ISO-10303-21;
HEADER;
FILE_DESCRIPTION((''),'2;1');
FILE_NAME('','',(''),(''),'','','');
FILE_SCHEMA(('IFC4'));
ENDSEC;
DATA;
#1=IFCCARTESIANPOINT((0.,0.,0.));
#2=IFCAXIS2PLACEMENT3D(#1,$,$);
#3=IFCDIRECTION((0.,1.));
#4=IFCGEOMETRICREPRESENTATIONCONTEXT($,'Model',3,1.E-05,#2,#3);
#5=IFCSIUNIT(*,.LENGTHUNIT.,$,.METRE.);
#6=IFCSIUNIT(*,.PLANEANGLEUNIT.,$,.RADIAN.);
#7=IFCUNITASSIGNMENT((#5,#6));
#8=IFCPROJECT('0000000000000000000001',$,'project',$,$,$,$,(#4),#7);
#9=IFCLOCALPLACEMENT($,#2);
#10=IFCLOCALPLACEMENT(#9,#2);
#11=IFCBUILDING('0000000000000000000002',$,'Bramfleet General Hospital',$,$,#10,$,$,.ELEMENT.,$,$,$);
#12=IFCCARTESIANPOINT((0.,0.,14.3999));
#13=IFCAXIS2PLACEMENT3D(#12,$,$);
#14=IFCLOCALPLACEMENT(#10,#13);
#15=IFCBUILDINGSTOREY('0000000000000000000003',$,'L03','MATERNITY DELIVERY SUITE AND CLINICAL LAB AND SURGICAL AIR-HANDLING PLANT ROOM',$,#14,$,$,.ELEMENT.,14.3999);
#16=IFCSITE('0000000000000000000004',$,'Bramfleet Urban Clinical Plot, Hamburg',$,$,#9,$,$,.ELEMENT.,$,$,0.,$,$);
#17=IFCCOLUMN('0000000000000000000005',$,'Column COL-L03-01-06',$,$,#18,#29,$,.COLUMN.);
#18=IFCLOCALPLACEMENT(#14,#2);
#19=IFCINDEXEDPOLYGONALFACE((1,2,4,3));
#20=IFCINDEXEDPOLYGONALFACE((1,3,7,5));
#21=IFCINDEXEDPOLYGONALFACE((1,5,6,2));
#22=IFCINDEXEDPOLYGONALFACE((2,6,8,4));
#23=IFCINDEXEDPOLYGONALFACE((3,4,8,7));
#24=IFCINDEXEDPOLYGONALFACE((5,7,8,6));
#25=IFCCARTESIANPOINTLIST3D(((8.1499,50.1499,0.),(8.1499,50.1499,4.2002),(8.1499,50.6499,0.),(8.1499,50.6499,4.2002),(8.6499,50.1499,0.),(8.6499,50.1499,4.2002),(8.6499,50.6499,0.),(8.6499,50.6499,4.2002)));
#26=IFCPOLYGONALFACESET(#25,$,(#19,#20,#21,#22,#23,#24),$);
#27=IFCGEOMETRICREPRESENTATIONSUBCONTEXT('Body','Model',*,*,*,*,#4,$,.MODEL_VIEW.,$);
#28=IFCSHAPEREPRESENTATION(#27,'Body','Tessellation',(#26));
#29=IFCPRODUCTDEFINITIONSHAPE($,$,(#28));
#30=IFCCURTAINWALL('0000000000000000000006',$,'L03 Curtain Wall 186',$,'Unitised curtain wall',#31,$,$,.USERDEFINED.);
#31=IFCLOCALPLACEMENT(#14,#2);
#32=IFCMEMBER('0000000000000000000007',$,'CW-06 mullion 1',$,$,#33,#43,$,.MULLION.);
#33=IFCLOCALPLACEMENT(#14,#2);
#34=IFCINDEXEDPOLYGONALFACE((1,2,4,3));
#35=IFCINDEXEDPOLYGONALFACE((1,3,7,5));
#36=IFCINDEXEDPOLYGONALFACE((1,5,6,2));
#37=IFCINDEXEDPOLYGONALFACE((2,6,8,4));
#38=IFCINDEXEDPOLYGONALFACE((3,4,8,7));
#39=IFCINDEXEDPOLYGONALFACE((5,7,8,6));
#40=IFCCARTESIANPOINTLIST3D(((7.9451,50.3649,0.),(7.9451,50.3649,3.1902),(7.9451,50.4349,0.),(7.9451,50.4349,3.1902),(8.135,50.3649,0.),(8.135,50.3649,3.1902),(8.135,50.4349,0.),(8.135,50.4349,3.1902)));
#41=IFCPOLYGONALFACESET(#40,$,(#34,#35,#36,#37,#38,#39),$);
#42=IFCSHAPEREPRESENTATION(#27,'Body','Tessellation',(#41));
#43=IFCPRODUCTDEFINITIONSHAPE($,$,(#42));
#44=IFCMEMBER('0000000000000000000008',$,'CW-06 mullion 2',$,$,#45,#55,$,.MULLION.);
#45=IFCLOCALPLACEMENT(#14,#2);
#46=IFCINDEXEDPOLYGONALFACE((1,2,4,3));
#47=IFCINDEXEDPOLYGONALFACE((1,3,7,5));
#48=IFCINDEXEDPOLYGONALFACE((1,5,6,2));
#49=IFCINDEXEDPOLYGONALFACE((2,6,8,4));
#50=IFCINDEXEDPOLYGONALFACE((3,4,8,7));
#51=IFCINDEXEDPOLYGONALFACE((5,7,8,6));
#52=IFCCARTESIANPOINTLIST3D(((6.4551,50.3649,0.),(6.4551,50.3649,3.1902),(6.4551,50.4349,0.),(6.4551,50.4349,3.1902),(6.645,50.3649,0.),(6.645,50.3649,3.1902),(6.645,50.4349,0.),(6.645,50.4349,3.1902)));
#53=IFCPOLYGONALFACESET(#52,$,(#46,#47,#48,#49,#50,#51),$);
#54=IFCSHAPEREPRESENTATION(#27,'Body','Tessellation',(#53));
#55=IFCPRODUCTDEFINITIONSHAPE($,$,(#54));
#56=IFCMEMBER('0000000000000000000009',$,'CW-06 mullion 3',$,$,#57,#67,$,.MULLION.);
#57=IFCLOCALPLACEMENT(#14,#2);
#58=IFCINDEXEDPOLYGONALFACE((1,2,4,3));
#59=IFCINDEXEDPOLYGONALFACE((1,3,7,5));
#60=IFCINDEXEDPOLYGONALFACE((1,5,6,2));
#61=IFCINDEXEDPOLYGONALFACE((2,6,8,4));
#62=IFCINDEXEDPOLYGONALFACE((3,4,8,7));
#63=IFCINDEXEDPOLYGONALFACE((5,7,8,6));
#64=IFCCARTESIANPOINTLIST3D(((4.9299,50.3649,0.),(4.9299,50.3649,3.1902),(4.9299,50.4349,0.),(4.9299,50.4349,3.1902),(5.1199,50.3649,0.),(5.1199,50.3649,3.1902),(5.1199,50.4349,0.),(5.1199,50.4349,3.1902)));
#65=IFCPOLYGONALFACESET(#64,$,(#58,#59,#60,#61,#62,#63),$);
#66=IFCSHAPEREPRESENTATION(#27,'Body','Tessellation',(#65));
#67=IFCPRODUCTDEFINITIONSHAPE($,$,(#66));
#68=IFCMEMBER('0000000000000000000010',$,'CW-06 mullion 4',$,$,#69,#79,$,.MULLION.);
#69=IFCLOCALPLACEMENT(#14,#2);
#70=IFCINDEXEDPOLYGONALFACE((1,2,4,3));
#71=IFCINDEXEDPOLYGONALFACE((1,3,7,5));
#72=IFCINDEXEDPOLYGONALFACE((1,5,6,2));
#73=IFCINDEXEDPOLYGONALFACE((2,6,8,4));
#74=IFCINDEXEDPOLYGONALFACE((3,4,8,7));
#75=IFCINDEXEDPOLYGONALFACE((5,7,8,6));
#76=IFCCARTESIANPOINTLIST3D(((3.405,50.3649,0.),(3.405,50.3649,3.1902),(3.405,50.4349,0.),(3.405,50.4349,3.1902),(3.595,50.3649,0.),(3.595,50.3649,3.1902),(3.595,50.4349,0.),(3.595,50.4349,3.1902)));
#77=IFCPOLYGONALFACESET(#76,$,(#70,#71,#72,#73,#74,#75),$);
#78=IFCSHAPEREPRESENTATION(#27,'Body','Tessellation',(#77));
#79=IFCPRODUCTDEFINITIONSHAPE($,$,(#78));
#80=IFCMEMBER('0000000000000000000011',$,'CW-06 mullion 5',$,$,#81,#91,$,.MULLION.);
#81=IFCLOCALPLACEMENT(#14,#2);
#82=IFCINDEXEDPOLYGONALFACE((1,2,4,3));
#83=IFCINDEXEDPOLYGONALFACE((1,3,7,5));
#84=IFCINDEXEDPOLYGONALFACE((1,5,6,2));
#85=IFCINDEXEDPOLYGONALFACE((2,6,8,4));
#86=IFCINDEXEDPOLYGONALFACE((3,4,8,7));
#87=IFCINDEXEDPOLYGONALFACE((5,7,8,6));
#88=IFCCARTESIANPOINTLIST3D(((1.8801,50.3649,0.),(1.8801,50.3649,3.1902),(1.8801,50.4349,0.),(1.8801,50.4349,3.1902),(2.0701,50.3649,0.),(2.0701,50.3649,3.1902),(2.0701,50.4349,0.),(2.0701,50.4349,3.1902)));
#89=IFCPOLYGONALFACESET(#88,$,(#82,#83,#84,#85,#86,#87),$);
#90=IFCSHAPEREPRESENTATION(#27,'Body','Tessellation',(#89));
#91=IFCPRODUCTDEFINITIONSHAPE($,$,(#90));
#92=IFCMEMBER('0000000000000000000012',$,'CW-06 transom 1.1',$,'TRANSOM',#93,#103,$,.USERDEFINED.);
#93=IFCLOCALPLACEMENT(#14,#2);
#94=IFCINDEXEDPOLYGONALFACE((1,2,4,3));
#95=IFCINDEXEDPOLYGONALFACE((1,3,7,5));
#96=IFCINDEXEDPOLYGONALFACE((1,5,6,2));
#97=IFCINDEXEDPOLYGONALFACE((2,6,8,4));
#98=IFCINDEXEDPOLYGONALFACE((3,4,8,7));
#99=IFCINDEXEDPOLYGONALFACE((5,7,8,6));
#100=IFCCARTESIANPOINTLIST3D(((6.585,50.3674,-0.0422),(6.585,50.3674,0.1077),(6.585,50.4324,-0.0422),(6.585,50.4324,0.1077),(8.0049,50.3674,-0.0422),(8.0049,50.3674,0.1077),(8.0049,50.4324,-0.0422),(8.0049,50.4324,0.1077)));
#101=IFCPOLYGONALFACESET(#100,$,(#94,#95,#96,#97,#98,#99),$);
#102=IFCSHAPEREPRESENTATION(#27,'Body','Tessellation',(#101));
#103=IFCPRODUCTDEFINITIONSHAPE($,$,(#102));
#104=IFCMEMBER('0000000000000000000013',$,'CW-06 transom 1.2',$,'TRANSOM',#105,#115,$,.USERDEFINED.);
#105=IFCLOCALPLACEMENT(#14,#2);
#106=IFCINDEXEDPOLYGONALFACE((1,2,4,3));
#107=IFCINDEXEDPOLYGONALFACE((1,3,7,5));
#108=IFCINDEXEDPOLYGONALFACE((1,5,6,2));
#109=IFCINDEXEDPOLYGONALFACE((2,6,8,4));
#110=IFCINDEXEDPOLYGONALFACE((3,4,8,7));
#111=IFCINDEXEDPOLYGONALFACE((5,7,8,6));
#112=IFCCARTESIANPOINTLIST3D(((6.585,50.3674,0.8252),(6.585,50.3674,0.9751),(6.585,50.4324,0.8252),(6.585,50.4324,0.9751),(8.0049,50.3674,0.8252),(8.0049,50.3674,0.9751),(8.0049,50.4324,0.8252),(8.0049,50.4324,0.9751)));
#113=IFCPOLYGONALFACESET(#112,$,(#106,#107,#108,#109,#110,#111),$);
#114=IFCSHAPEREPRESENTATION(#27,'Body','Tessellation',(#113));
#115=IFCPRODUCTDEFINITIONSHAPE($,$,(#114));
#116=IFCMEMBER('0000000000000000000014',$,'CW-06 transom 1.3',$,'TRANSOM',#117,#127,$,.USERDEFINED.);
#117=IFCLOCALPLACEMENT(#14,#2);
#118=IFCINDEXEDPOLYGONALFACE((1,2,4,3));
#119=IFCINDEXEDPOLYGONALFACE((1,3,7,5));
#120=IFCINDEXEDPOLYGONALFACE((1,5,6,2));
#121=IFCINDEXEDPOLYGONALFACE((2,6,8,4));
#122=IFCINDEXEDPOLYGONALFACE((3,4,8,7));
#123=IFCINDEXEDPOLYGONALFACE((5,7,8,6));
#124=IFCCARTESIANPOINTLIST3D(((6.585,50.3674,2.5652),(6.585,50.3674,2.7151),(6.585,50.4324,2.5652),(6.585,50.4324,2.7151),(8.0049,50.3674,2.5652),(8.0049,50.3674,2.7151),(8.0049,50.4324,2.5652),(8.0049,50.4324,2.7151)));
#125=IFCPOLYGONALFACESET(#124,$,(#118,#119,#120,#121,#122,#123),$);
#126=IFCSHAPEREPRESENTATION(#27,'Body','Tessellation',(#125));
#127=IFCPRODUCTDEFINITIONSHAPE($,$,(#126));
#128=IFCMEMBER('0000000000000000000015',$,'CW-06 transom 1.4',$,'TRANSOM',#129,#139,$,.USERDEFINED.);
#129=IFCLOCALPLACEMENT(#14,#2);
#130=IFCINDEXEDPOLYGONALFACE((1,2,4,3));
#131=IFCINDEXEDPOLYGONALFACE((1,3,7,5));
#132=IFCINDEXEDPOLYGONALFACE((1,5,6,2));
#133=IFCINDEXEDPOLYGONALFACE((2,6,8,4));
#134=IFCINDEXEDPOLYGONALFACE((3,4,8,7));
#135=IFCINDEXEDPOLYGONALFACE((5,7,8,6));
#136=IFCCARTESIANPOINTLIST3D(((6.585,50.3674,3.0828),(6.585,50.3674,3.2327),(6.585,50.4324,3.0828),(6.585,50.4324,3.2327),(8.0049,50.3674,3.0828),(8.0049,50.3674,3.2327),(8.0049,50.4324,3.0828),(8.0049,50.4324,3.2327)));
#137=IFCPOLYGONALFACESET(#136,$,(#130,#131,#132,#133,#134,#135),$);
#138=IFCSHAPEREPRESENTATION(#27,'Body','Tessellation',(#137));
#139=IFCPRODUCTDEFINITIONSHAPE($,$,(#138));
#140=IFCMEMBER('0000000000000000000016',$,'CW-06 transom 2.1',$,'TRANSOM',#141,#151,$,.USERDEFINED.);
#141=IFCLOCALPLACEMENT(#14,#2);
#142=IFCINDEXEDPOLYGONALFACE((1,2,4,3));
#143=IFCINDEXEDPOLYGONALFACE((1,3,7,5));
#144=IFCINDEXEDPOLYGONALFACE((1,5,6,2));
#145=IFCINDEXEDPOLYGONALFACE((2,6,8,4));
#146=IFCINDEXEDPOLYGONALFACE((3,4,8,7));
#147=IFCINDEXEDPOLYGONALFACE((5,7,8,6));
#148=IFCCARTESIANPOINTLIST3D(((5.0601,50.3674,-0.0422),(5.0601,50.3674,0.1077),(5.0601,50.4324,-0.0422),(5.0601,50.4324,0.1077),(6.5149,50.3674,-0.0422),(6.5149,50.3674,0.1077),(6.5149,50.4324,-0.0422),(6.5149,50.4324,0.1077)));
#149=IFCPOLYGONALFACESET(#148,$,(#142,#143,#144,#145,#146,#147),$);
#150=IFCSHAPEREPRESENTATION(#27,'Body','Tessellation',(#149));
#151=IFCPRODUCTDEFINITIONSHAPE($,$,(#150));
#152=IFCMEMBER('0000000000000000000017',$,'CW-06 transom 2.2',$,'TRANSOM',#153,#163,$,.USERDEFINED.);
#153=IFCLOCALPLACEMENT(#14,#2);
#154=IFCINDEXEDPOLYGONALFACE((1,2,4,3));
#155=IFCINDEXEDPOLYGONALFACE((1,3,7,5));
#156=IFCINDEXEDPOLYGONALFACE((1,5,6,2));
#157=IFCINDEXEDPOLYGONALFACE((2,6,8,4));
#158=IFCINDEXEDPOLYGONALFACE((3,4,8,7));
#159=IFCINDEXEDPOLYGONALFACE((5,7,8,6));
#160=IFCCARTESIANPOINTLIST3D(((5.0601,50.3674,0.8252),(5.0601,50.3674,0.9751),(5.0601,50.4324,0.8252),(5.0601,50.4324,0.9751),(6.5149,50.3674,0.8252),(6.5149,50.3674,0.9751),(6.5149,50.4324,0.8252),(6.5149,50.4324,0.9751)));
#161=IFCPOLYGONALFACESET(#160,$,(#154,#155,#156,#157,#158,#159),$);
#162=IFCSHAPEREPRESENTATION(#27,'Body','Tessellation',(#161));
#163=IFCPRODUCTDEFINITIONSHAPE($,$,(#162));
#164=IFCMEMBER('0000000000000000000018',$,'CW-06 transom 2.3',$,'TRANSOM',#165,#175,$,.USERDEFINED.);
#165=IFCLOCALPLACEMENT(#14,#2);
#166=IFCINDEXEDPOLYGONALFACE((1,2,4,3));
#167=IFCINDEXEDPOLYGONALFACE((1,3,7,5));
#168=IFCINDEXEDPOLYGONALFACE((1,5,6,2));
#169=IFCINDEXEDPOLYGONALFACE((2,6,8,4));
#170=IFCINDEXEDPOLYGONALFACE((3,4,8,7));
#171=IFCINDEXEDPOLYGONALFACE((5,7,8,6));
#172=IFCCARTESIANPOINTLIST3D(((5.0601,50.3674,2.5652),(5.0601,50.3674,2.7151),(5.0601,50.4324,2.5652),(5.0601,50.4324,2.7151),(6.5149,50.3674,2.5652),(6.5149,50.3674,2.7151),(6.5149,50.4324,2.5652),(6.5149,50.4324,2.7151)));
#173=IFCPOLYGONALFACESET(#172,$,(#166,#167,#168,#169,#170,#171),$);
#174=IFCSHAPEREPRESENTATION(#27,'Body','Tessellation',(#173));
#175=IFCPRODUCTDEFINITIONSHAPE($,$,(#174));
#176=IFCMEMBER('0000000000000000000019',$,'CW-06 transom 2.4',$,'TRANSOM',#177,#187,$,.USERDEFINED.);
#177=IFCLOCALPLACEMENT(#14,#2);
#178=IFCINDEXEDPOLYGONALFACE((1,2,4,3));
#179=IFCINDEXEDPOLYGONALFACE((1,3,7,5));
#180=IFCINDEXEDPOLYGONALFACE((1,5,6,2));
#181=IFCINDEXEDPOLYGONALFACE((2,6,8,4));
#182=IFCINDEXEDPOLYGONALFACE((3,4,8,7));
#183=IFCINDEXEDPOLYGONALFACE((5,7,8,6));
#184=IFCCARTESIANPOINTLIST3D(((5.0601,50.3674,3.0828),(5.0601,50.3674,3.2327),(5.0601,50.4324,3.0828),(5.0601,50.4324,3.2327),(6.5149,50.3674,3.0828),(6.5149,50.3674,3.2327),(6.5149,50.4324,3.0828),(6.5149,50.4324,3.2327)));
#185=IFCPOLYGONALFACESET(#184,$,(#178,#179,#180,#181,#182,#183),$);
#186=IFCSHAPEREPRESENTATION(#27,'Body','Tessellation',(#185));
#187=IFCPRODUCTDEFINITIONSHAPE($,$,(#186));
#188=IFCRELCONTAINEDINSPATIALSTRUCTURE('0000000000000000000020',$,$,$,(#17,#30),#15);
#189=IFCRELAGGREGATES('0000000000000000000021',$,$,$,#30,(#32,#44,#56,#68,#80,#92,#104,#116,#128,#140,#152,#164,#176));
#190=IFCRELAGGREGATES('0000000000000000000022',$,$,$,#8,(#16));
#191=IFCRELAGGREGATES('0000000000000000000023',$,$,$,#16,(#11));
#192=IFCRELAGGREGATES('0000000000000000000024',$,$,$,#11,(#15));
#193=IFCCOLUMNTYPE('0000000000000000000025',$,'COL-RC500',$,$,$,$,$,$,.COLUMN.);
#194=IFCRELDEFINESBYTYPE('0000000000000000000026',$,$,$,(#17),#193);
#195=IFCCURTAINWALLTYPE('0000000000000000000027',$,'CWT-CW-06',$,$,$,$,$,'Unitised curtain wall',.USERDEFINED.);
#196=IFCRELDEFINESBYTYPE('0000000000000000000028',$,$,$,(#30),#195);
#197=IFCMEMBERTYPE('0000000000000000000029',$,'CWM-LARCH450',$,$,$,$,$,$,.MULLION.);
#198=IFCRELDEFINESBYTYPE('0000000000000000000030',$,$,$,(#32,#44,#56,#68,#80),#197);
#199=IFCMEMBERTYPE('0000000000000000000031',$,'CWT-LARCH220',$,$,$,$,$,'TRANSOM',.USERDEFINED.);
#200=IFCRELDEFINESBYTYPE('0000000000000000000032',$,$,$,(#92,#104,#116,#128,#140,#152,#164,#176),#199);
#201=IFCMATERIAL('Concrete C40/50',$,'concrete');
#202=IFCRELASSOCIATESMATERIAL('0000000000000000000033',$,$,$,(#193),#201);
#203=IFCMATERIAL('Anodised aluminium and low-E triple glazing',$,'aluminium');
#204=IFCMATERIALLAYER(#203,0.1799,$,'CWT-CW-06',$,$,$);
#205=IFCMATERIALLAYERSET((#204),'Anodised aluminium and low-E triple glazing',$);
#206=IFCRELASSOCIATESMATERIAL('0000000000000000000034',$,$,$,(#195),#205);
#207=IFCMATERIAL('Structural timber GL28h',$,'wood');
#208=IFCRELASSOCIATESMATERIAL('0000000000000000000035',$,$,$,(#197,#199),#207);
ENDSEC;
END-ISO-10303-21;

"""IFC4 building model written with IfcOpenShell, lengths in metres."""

from ifc_helpers import new_model, si_unit, direction, frame, origin, origin_2d, place, context, subcontext, project, spatial, rectangle, extrude, material, layer, layer_set, material_profile, profile_set, type_object, element, aggregate, save


model = new_model("IFC4")

# Units and contexts
model_context = context("Model", 3, precision=1e-05, world=origin(), true_north=direction((0.0, 1.0)))
body_context = subcontext(model_context, "Body", "Model", "MODEL_VIEW")
ifc_project = project(units=[si_unit("LENGTHUNIT", "METRE"), si_unit("PLANEANGLEUNIT", "RADIAN")], contexts=[model_context])

# Site, building, storey
site_placement = place(None, origin())
site = spatial("IfcSite", under=ifc_project, at=site_placement, Name="Bramfleet Urban Clinical Plot, Hamburg", CompositionType="ELEMENT", RefElevation=0.0)
building_placement = place(site_placement, origin())
building = spatial("IfcBuilding", under=site, at=building_placement, Name="Bramfleet General Hospital", CompositionType="ELEMENT")
storey_placement = place(building_placement, frame((0.0, 0.0, 14.3999)))
storey = spatial("IfcBuildingStorey", under=building, at=storey_placement, Name="L03", Description="MATERNITY DELIVERY SUITE AND CLINICAL LAB AND SURGICAL AIR-HANDLING PLANT ROOM", CompositionType="ELEMENT", Elevation=14.3999)

# Column
ifc_material_1 = material(Name="Concrete C40/50", Category="concrete")
ifc_material_profile_1 = material_profile(ifc_material_1, rectangle(XDim=0.5, YDim=0.5, at=origin_2d()), Name="RC COL 500x500")
ifc_profile_set_1 = profile_set([ifc_material_profile_1], Name="Concrete C40/50")
column_type = type_object("IfcColumnType", Name="COL-RC500", PredefinedType="COLUMN", material=ifc_profile_set_1)
column_placement = place(storey_placement, frame((8.3999, 50.3999, 0.0), z_axis=(0.0, 0.0, 1.0), x_axis=(1.0, 0.0, 0.0)))
element("IfcColumn", 1, at=column_placement, inside=storey, type_object=column_type, Name="Column COL-L03-01-06", PredefinedType="COLUMN", context=body_context, shape_type="SweptSolid", body=[
    extrude(rectangle(XDim=0.5, YDim=0.5, at=origin_2d()), origin(), (0.0, 0.0, 1.0), 4.2002),
])

# Curtain wall, members
ifc_material_2 = material(Name="Anodised aluminium and low-E triple glazing", Category="aluminium")
ifc_layer_1 = layer(ifc_material_2, 0.1799, Name="CWT-CW-06")
ifc_layer_set_1 = layer_set([ifc_layer_1], Name="Anodised aluminium and low-E triple glazing")
curtain_wall_type = type_object("IfcCurtainWallType", Name="CWT-CW-06", ElementType="Unitised curtain wall", PredefinedType="USERDEFINED", material=ifc_layer_set_1)
curtain_wall_placement = place(storey_placement, origin())
curtain_wall = element("IfcCurtainWall", 2, at=curtain_wall_placement, inside=storey, type_object=curtain_wall_type, Name="L03 Curtain Wall 186", ObjectType="Unitised curtain wall", PredefinedType="USERDEFINED")
ifc_material_3 = material(Name="Structural timber GL28h", Category="wood")
ifc_material_profile_2 = material_profile(ifc_material_3, rectangle(XDim=0.0701, YDim=0.1899, at=origin_2d()), Name="LARCH 190x70")
ifc_profile_set_2 = profile_set([ifc_material_profile_2], Name="Structural timber GL28h")
member_type_1 = type_object("IfcMemberType", Name="CWM-LARCH450", PredefinedType="MULLION", material=ifc_profile_set_2)
member_1_placement = place(storey_placement, frame((8.04, 50.3999, 0.0), z_axis=(0.0, 0.0, 1.0), x_axis=(0.0, -1.0, 0.0)))
member_1 = element("IfcMember", 3, at=member_1_placement, type_object=member_type_1, Name="CW-06 mullion 1", PredefinedType="MULLION", context=body_context, shape_type="SweptSolid", body=[
    extrude(rectangle(XDim=0.0701, YDim=0.1899, at=origin_2d()), origin(), (0.0, 0.0, 1.0), 3.1902),
])
member_2_placement = place(storey_placement, frame((6.55, 50.3999, 0.0), z_axis=(0.0, 0.0, 1.0), x_axis=(0.0, -1.0, 0.0)))
member_2 = element("IfcMember", 4, at=member_2_placement, type_object=member_type_1, Name="CW-06 mullion 2", PredefinedType="MULLION", context=body_context, shape_type="SweptSolid", body=[
    extrude(rectangle(XDim=0.0701, YDim=0.1899, at=origin_2d()), origin(), (0.0, 0.0, 1.0), 3.1902),
])
member_3_placement = place(storey_placement, frame((5.0249, 50.3999, 0.0), z_axis=(0.0, 0.0, 1.0), x_axis=(0.0, -1.0, 0.0)))
member_3 = element("IfcMember", 5, at=member_3_placement, type_object=member_type_1, Name="CW-06 mullion 3", PredefinedType="MULLION", context=body_context, shape_type="SweptSolid", body=[
    extrude(rectangle(XDim=0.0701, YDim=0.1899, at=origin_2d()), origin(), (0.0, 0.0, 1.0), 3.1902),
])
member_4_placement = place(storey_placement, frame((3.5, 50.3999, 0.0), z_axis=(0.0, 0.0, 1.0), x_axis=(0.0, -1.0, 0.0)))
member_4 = element("IfcMember", 6, at=member_4_placement, type_object=member_type_1, Name="CW-06 mullion 4", PredefinedType="MULLION", context=body_context, shape_type="SweptSolid", body=[
    extrude(rectangle(XDim=0.0701, YDim=0.1899, at=origin_2d()), origin(), (0.0, 0.0, 1.0), 3.1902),
])
member_5_placement = place(storey_placement, frame((1.9751, 50.3999, 0.0), z_axis=(0.0, 0.0, 1.0), x_axis=(0.0, -1.0, 0.0)))
member_5 = element("IfcMember", 7, at=member_5_placement, type_object=member_type_1, Name="CW-06 mullion 5", PredefinedType="MULLION", context=body_context, shape_type="SweptSolid", body=[
    extrude(rectangle(XDim=0.0701, YDim=0.1899, at=origin_2d()), origin(), (0.0, 0.0, 1.0), 3.1902),
])
ifc_material_profile_3 = material_profile(ifc_material_3, rectangle(XDim=0.0649, YDim=0.1499, at=origin_2d()), Name="LARCH 150x65")
ifc_profile_set_3 = profile_set([ifc_material_profile_3], Name="Structural timber GL28h")
member_type_2 = type_object("IfcMemberType", Name="CWT-LARCH220", ElementType="TRANSOM", PredefinedType="USERDEFINED", material=ifc_profile_set_3)
member_6_placement = place(storey_placement, frame((8.0049, 50.3999, 0.0327), z_axis=(-1.0, 0.0, 0.0), x_axis=(0.0, -1.0, 0.0)))
member_6 = element("IfcMember", 8, at=member_6_placement, type_object=member_type_2, Name="CW-06 transom 1.1", ObjectType="TRANSOM", PredefinedType="USERDEFINED", context=body_context, shape_type="SweptSolid", body=[
    extrude(rectangle(XDim=0.0649, YDim=0.1499, at=origin_2d()), origin(), (0.0, 0.0, 1.0), 1.4199),
])
member_7_placement = place(storey_placement, frame((8.0049, 50.3999, 0.9001), z_axis=(-1.0, 0.0, 0.0), x_axis=(0.0, -1.0, 0.0)))
member_7 = element("IfcMember", 9, at=member_7_placement, type_object=member_type_2, Name="CW-06 transom 1.2", ObjectType="TRANSOM", PredefinedType="USERDEFINED", context=body_context, shape_type="SweptSolid", body=[
    extrude(rectangle(XDim=0.0649, YDim=0.1499, at=origin_2d()), origin(), (0.0, 0.0, 1.0), 1.4199),
])
member_8_placement = place(storey_placement, frame((8.0049, 50.3999, 2.6401), z_axis=(-1.0, 0.0, 0.0), x_axis=(0.0, -1.0, 0.0)))
member_8 = element("IfcMember", 10, at=member_8_placement, type_object=member_type_2, Name="CW-06 transom 1.3", ObjectType="TRANSOM", PredefinedType="USERDEFINED", context=body_context, shape_type="SweptSolid", body=[
    extrude(rectangle(XDim=0.0649, YDim=0.1499, at=origin_2d()), origin(), (0.0, 0.0, 1.0), 1.4199),
])
member_9_placement = place(storey_placement, frame((8.0049, 50.3999, 3.1577), z_axis=(-1.0, 0.0, 0.0), x_axis=(0.0, -1.0, 0.0)))
member_9 = element("IfcMember", 11, at=member_9_placement, type_object=member_type_2, Name="CW-06 transom 1.4", ObjectType="TRANSOM", PredefinedType="USERDEFINED", context=body_context, shape_type="SweptSolid", body=[
    extrude(rectangle(XDim=0.0649, YDim=0.1499, at=origin_2d()), origin(), (0.0, 0.0, 1.0), 1.4199),
])
member_10_placement = place(storey_placement, frame((6.5149, 50.3999, 0.0327), z_axis=(-1.0, 0.0, 0.0), x_axis=(0.0, -1.0, 0.0)))
member_10 = element("IfcMember", 12, at=member_10_placement, type_object=member_type_2, Name="CW-06 transom 2.1", ObjectType="TRANSOM", PredefinedType="USERDEFINED", context=body_context, shape_type="SweptSolid", body=[
    extrude(rectangle(XDim=0.0649, YDim=0.1499, at=origin_2d()), origin(), (0.0, 0.0, 1.0), 1.4548),
])
member_11_placement = place(storey_placement, frame((6.5149, 50.3999, 0.9001), z_axis=(-1.0, 0.0, 0.0), x_axis=(0.0, -1.0, 0.0)))
member_11 = element("IfcMember", 13, at=member_11_placement, type_object=member_type_2, Name="CW-06 transom 2.2", ObjectType="TRANSOM", PredefinedType="USERDEFINED", context=body_context, shape_type="SweptSolid", body=[
    extrude(rectangle(XDim=0.0649, YDim=0.1499, at=origin_2d()), origin(), (0.0, 0.0, 1.0), 1.4548),
])
member_12_placement = place(storey_placement, frame((6.5149, 50.3999, 2.6401), z_axis=(-1.0, 0.0, 0.0), x_axis=(0.0, -1.0, 0.0)))
member_12 = element("IfcMember", 14, at=member_12_placement, type_object=member_type_2, Name="CW-06 transom 2.3", ObjectType="TRANSOM", PredefinedType="USERDEFINED", context=body_context, shape_type="SweptSolid", body=[
    extrude(rectangle(XDim=0.0649, YDim=0.1499, at=origin_2d()), origin(), (0.0, 0.0, 1.0), 1.4548),
])
member_13_placement = place(storey_placement, frame((6.5149, 50.3999, 3.1577), z_axis=(-1.0, 0.0, 0.0), x_axis=(0.0, -1.0, 0.0)))
member_13 = element("IfcMember", 15, at=member_13_placement, type_object=member_type_2, Name="CW-06 transom 2.4", ObjectType="TRANSOM", PredefinedType="USERDEFINED", context=body_context, shape_type="SweptSolid", body=[
    extrude(rectangle(XDim=0.0649, YDim=0.1499, at=origin_2d()), origin(), (0.0, 0.0, 1.0), 1.4548),
])
aggregate(curtain_wall, [member_1, member_2, member_3, member_4, member_5, member_6, member_7, member_8, member_9, member_10, member_11, member_12, member_13])

save(model, "model.ifc")
